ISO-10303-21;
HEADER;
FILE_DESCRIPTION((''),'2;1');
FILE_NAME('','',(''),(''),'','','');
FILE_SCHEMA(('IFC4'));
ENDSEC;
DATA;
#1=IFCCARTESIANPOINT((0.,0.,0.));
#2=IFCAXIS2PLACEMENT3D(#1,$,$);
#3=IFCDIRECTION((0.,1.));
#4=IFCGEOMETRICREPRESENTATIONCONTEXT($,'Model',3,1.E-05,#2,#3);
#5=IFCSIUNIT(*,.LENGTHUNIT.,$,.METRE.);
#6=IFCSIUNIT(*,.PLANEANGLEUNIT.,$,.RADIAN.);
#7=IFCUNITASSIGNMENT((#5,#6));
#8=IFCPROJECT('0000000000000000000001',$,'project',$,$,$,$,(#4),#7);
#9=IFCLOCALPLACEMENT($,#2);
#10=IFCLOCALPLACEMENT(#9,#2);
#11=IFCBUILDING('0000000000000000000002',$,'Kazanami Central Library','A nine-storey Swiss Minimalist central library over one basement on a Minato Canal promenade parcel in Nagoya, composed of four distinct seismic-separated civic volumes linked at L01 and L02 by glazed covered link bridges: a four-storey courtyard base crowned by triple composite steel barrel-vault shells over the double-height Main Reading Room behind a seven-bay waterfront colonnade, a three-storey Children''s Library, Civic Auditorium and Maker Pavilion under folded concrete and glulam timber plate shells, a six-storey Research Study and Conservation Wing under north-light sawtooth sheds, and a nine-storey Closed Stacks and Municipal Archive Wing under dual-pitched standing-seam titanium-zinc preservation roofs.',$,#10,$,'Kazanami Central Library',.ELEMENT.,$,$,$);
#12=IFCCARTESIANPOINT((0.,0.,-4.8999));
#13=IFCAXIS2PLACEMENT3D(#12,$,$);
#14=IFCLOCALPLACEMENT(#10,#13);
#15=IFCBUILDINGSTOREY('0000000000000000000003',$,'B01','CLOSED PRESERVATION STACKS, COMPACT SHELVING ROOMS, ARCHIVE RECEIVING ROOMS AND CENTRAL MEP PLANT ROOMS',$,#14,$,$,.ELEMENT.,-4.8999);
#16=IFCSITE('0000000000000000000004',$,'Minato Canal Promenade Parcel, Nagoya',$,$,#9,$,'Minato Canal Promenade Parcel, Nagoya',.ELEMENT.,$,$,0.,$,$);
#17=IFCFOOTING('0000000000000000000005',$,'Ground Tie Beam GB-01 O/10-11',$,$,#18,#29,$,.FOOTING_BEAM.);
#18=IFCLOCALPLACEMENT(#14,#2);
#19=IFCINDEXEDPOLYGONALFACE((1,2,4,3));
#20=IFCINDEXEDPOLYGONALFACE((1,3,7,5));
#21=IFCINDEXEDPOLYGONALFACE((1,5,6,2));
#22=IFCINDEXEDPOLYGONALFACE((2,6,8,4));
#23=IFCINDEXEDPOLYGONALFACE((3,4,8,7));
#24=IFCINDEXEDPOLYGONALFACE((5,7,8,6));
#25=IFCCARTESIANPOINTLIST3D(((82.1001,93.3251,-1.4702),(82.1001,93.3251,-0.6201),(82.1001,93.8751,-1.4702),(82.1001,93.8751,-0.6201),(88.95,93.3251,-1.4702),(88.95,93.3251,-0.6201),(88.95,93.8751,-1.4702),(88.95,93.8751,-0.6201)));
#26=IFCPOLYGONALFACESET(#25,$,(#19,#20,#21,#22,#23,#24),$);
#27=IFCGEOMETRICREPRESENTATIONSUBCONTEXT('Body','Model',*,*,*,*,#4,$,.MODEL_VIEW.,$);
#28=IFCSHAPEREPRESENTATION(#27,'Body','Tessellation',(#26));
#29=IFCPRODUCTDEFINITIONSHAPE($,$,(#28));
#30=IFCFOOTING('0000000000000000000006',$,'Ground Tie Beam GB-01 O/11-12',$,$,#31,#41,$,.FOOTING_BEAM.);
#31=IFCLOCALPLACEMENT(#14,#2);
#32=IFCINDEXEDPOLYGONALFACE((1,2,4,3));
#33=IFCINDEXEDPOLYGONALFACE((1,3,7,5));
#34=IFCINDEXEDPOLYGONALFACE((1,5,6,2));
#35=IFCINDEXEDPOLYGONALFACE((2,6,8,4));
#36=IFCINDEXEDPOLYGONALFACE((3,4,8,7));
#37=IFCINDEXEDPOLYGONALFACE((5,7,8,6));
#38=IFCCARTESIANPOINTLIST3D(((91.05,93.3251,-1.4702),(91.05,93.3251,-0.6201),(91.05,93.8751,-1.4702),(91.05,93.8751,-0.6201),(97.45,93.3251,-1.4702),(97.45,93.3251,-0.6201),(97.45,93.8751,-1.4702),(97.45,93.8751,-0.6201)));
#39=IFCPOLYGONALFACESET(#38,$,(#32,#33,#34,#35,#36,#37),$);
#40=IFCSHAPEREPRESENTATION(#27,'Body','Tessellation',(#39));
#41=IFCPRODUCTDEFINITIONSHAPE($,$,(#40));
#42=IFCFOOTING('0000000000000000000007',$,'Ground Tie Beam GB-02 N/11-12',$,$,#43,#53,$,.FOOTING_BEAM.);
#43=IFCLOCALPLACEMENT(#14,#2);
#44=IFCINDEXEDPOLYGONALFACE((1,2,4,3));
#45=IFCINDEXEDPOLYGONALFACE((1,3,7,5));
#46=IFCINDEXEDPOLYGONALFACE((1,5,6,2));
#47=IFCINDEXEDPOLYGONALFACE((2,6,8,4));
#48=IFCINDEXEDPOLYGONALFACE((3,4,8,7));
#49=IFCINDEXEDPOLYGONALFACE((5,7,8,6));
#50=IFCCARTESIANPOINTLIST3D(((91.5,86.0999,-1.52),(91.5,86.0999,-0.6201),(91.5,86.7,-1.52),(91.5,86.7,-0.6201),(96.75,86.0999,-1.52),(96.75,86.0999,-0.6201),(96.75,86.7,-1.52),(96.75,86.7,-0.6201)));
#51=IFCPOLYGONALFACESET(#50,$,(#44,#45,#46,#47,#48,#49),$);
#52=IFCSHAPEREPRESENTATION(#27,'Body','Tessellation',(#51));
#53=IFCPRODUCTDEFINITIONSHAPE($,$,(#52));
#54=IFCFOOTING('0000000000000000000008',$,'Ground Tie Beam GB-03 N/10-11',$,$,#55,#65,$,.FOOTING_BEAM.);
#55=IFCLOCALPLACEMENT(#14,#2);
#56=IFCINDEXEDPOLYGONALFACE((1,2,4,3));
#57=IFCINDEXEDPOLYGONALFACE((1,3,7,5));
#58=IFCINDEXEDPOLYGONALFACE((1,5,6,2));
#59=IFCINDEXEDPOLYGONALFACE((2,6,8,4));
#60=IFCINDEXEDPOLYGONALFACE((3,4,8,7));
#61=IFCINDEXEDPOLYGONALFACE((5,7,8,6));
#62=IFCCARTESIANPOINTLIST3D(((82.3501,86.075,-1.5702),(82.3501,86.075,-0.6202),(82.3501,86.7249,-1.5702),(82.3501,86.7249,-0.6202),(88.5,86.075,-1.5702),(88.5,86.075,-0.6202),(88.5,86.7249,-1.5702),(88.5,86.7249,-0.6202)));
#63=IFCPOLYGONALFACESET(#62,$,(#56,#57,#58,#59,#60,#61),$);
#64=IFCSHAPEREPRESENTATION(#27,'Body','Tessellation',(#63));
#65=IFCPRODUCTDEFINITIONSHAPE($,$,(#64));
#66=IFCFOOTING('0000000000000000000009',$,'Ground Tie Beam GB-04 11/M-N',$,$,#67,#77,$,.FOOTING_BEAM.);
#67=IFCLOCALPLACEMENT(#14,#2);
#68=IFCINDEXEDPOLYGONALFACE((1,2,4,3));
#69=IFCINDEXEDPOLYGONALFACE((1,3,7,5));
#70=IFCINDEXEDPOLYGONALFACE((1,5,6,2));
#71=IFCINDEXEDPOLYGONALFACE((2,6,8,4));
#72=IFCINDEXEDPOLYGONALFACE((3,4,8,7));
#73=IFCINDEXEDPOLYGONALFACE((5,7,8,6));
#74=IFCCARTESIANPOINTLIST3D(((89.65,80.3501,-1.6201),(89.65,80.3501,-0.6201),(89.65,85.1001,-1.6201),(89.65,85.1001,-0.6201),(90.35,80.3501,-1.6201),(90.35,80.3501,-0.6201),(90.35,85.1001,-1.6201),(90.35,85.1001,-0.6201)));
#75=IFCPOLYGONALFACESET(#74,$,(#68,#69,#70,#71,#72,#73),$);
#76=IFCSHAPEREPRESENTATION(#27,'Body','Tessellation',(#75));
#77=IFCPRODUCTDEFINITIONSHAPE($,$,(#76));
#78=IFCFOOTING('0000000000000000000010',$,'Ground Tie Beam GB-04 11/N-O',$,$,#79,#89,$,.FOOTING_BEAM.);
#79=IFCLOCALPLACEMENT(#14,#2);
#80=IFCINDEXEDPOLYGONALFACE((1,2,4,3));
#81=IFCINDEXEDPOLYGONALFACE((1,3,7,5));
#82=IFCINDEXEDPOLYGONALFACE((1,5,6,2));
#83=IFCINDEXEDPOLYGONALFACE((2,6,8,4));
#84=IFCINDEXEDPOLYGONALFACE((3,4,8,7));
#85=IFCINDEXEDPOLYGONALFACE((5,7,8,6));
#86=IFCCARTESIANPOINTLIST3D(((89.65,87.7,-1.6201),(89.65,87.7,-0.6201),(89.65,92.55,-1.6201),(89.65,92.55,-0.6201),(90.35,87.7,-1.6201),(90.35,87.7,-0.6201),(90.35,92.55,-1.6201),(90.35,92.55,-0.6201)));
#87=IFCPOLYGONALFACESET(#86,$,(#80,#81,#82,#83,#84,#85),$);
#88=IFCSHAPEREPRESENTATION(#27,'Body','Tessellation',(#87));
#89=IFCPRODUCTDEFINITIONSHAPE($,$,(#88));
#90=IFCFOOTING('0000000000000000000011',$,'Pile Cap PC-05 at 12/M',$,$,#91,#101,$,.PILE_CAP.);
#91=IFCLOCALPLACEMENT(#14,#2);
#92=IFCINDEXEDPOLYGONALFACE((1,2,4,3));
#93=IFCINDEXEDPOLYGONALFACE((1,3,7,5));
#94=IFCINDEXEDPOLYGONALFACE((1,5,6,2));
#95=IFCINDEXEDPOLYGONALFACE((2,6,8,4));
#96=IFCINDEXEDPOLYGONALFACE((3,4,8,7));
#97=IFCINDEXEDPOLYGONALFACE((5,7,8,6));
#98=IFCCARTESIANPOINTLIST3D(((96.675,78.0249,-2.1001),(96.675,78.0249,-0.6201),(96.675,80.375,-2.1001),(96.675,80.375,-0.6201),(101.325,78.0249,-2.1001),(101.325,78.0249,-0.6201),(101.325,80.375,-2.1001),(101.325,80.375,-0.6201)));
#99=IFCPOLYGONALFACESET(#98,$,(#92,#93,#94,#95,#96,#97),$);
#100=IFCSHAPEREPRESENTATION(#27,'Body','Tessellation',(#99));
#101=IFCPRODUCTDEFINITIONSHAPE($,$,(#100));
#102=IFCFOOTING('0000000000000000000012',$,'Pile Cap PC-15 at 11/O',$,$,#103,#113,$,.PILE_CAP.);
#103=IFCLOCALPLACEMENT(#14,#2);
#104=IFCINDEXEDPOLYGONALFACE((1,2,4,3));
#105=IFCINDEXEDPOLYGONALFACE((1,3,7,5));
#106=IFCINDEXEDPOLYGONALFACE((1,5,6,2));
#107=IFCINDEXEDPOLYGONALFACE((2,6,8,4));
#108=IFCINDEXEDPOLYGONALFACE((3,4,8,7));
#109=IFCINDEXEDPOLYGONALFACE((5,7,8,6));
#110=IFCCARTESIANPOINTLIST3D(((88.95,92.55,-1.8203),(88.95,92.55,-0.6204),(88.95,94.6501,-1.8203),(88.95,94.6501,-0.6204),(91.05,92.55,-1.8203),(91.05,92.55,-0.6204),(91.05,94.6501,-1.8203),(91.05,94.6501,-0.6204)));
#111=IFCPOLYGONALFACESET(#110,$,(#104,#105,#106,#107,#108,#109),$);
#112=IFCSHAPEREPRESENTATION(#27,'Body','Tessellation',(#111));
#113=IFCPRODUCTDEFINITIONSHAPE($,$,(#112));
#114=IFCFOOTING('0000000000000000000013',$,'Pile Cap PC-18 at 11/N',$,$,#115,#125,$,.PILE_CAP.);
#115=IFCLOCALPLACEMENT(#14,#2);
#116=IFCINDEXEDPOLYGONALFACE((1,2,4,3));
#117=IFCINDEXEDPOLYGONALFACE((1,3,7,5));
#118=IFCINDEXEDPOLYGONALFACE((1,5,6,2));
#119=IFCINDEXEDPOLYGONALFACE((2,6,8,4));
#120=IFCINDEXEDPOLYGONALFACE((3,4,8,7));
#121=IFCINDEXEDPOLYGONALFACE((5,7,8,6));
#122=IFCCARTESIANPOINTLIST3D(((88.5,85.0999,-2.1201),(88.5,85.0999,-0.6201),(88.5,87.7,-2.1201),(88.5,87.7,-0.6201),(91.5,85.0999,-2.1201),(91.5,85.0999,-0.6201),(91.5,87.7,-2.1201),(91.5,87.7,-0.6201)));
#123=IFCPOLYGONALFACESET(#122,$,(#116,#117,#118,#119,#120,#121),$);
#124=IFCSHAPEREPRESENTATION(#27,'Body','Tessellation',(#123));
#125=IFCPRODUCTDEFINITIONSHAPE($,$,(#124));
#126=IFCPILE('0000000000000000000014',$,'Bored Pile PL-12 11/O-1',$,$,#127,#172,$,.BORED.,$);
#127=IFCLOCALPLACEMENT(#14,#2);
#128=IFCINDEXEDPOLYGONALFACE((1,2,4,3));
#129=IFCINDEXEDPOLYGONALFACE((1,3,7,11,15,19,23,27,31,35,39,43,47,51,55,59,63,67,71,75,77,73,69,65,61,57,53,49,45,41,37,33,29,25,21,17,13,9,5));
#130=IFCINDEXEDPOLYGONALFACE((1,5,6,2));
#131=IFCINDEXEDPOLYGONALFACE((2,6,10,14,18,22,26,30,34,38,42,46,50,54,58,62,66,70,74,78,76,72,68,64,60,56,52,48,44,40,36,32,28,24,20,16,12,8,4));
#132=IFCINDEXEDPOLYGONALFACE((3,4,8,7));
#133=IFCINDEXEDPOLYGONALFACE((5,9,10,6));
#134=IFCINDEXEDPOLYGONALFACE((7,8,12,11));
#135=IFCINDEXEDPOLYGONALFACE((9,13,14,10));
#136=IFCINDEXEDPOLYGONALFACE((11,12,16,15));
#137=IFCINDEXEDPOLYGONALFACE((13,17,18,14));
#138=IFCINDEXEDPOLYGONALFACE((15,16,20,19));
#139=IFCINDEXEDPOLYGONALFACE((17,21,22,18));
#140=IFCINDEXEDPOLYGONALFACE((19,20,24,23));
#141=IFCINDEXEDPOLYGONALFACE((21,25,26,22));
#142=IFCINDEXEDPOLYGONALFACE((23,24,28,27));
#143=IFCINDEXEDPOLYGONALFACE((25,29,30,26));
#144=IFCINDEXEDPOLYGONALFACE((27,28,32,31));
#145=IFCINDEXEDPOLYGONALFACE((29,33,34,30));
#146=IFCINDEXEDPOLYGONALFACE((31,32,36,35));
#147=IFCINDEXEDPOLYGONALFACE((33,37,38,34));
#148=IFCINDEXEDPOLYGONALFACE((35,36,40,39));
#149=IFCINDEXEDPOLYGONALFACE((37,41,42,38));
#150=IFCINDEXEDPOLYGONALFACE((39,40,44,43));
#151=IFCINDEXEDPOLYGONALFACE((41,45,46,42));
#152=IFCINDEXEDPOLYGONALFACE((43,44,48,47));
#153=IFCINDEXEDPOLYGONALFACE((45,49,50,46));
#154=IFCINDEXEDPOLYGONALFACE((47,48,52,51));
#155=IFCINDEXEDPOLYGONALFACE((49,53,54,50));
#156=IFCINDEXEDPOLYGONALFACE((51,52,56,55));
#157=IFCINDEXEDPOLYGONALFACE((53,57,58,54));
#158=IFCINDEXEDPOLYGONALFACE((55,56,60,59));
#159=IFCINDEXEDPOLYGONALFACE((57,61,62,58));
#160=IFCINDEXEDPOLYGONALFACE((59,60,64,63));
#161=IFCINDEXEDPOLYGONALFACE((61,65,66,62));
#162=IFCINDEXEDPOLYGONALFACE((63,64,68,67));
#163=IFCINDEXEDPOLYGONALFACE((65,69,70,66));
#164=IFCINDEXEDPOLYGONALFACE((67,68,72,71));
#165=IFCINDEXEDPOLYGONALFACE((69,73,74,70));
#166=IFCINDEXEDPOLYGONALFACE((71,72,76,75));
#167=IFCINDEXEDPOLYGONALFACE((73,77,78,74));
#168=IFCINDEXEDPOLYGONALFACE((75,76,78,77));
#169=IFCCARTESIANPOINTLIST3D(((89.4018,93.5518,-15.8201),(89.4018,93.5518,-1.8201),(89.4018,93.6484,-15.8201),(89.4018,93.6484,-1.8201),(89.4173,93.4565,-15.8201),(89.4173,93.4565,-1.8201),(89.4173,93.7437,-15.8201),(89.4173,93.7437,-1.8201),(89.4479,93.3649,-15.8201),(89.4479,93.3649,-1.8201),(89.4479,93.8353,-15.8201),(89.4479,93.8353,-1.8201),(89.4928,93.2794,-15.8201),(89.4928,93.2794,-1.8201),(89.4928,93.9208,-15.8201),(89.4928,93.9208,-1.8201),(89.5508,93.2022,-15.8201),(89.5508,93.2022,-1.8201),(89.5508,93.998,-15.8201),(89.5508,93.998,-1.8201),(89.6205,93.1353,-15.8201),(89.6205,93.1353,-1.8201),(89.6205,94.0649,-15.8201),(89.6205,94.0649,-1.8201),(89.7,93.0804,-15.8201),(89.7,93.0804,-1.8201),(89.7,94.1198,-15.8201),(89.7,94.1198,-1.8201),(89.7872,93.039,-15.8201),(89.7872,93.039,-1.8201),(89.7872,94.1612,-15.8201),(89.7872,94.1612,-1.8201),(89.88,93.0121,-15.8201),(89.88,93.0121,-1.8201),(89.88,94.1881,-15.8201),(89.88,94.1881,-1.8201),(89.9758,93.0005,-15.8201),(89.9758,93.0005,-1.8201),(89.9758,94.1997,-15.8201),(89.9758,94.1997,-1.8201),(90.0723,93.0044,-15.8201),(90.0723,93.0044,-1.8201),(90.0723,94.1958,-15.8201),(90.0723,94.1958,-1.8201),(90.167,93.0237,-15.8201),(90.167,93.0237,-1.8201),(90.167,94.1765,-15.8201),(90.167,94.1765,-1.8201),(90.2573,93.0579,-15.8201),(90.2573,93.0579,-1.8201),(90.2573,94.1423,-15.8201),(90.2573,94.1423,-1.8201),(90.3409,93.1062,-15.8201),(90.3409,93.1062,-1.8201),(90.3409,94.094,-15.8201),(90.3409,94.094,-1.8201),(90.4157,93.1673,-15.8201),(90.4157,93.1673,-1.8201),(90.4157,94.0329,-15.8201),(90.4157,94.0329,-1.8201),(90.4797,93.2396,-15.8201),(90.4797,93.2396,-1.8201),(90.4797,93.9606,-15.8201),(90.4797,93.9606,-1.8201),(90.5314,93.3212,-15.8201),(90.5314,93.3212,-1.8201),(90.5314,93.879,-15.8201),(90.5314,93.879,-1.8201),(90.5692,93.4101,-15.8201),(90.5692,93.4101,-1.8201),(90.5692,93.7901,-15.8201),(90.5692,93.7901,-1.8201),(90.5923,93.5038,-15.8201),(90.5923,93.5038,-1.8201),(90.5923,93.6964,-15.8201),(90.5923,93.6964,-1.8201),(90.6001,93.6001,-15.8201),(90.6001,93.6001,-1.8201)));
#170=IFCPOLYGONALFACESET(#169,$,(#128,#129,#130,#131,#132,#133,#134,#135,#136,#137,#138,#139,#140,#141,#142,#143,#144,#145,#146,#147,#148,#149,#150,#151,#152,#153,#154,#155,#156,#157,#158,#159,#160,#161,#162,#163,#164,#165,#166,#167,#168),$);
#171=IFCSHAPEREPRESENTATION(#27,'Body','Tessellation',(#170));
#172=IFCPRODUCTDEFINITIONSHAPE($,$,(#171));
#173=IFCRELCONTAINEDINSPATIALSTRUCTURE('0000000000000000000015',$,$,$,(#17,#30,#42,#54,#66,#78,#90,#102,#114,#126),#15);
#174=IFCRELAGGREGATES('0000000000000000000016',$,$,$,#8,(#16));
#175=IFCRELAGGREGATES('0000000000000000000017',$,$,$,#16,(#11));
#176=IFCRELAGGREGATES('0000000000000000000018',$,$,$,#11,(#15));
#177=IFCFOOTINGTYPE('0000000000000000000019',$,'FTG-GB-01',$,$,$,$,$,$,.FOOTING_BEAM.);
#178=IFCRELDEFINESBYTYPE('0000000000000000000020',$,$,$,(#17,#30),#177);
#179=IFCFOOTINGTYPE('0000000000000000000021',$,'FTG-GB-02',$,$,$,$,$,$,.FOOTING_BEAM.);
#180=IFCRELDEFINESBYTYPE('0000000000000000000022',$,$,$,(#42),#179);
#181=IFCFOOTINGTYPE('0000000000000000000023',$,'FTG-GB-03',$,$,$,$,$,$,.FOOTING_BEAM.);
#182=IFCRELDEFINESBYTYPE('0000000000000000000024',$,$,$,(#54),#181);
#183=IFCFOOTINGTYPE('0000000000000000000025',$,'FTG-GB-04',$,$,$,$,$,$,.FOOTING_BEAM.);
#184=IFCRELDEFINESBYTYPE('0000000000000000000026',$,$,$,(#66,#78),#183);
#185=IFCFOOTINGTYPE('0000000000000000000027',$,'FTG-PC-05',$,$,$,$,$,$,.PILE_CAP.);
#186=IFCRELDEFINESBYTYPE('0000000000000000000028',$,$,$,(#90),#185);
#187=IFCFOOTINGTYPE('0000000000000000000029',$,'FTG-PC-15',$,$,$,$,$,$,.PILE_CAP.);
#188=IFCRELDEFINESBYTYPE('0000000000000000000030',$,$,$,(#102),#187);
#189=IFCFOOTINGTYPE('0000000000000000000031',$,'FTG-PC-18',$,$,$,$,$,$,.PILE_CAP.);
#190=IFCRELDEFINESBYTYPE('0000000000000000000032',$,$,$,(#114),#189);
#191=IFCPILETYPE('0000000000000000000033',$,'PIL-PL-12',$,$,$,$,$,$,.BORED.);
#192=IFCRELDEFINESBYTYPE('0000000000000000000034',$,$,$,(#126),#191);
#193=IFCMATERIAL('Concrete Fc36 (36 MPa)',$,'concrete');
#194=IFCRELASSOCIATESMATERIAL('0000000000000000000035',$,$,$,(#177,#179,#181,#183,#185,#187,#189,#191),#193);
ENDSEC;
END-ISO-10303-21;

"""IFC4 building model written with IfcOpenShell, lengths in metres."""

from ifc_helpers import new_model, si_unit, direction, frame, origin, origin_2d, place, context, subcontext, project, spatial, rectangle, circle, extrude, material, material_profile, profile_set, type_object, element, save


model = new_model("IFC4")

# Units and contexts
model_context = context("Model", 3, precision=1e-05, world=origin(), true_north=direction((0.0, 1.0)))
body_context = subcontext(model_context, "Body", "Model", "MODEL_VIEW")
ifc_project = project(units=[si_unit("LENGTHUNIT", "METRE"), si_unit("PLANEANGLEUNIT", "RADIAN")], contexts=[model_context])

# Site, building, storey
site_placement = place(None, origin())
site = spatial("IfcSite", under=ifc_project, at=site_placement, Name="Minato Canal Promenade Parcel, Nagoya", LongName="Minato Canal Promenade Parcel, Nagoya", CompositionType="ELEMENT", RefElevation=0.0)
building_placement = place(site_placement, origin())
building = spatial("IfcBuilding", under=site, at=building_placement, Name="Kazanami Central Library", Description="A nine-storey Swiss Minimalist central library over one basement on a Minato Canal promenade parcel in Nagoya, composed of four distinct seismic-separated civic volumes linked at L01 and L02 by glazed covered link bridges: a four-storey courtyard base crowned by triple composite steel barrel-vault shells over the double-height Main Reading Room behind a seven-bay waterfront colonnade, a three-storey Children's Library, Civic Auditorium and Maker Pavilion under folded concrete and glulam timber plate shells, a six-storey Research Study and Conservation Wing under north-light sawtooth sheds, and a nine-storey Closed Stacks and Municipal Archive Wing under dual-pitched standing-seam titanium-zinc preservation roofs.", LongName="Kazanami Central Library", CompositionType="ELEMENT")
storey_placement = place(building_placement, frame((0.0, 0.0, -4.8999)))
storey = spatial("IfcBuildingStorey", under=building, at=storey_placement, Name="B01", Description="CLOSED PRESERVATION STACKS, COMPACT SHELVING ROOMS, ARCHIVE RECEIVING ROOMS AND CENTRAL MEP PLANT ROOMS", CompositionType="ELEMENT", Elevation=-4.8999)

# Footings
ifc_material_1 = material(Name="Concrete Fc36 (36 MPa)", Category="concrete")
ifc_material_profile_1 = material_profile(ifc_material_1, rectangle(XDim=0.55, YDim=0.8501, at=origin_2d()), Name="RC-550x850")
ifc_profile_set_1 = profile_set([ifc_material_profile_1], Name="Concrete Fc36 (36 MPa)")
footing_type_1 = type_object("IfcFootingType", Name="FTG-GB-01", PredefinedType="FOOTING_BEAM", material=ifc_profile_set_1)
footing_1_placement = place(storey_placement, frame((82.1001, 93.6001, -1.0452), z_axis=(1.0, 0.0, 0.0), x_axis=(0.0, 1.0, 0.0)))
element("IfcFooting", 1, at=footing_1_placement, inside=storey, type_object=footing_type_1, Name="Ground Tie Beam GB-01 O/10-11", PredefinedType="FOOTING_BEAM", context=body_context, shape_type="SweptSolid", body=[
    extrude(rectangle(XDim=0.55, YDim=0.8501, at=origin_2d()), origin(), (0.0, 0.0, 1.0), 6.8499),
])
footing_2_placement = place(storey_placement, frame((91.05, 93.6001, -1.0452), z_axis=(1.0, 0.0, 0.0), x_axis=(0.0, 1.0, 0.0)))
element("IfcFooting", 2, at=footing_2_placement, inside=storey, type_object=footing_type_1, Name="Ground Tie Beam GB-01 O/11-12", PredefinedType="FOOTING_BEAM", context=body_context, shape_type="SweptSolid", body=[
    extrude(rectangle(XDim=0.55, YDim=0.8501, at=origin_2d()), origin(), (0.0, 0.0, 1.0), 6.3999),
])
ifc_material_profile_2 = material_profile(ifc_material_1, rectangle(XDim=0.6001, YDim=0.8999, at=origin_2d()), Name="RC-600x900")
ifc_profile_set_2 = profile_set([ifc_material_profile_2], Name="Concrete Fc36 (36 MPa)")
footing_type_2 = type_object("IfcFootingType", Name="FTG-GB-02", PredefinedType="FOOTING_BEAM", material=ifc_profile_set_2)
footing_3_placement = place(storey_placement, frame((91.5, 86.3999, -1.0701), z_axis=(1.0, 0.0, 0.0), x_axis=(0.0, 1.0, 0.0)))
element("IfcFooting", 3, at=footing_3_placement, inside=storey, type_object=footing_type_2, Name="Ground Tie Beam GB-02 N/11-12", PredefinedType="FOOTING_BEAM", context=body_context, shape_type="SweptSolid", body=[
    extrude(rectangle(XDim=0.6001, YDim=0.8999, at=origin_2d()), origin(), (0.0, 0.0, 1.0), 5.25),
])
ifc_material_profile_3 = material_profile(ifc_material_1, rectangle(XDim=0.6499, YDim=0.95, at=origin_2d()), Name="RC-650x950")
ifc_profile_set_3 = profile_set([ifc_material_profile_3], Name="Concrete Fc36 (36 MPa)")
footing_type_3 = type_object("IfcFootingType", Name="FTG-GB-03", PredefinedType="FOOTING_BEAM", material=ifc_profile_set_3)
footing_4_placement = place(storey_placement, frame((82.3501, 86.3999, -1.0952), z_axis=(1.0, 0.0, 0.0), x_axis=(0.0, 1.0, 0.0)))
element("IfcFooting", 4, at=footing_4_placement, inside=storey, type_object=footing_type_3, Name="Ground Tie Beam GB-03 N/10-11", PredefinedType="FOOTING_BEAM", context=body_context, shape_type="SweptSolid", body=[
    extrude(rectangle(XDim=0.6499, YDim=0.95, at=origin_2d()), origin(), (0.0, 0.0, 1.0), 6.1499),
])
ifc_material_profile_4 = material_profile(ifc_material_1, rectangle(XDim=0.7, YDim=1.0, at=origin_2d()), Name="RC-700x1000")
ifc_profile_set_4 = profile_set([ifc_material_profile_4], Name="Concrete Fc36 (36 MPa)")
footing_type_4 = type_object("IfcFootingType", Name="FTG-GB-04", PredefinedType="FOOTING_BEAM", material=ifc_profile_set_4)
footing_5_placement = place(storey_placement, frame((90.0, 80.3501, -1.1201), z_axis=(0.0, 1.0, 0.0), x_axis=(-1.0, 0.0, 0.0)))
element("IfcFooting", 5, at=footing_5_placement, inside=storey, type_object=footing_type_4, Name="Ground Tie Beam GB-04 11/M-N", PredefinedType="FOOTING_BEAM", context=body_context, shape_type="SweptSolid", body=[
    extrude(rectangle(XDim=0.7, YDim=1.0, at=origin_2d()), origin(), (0.0, 0.0, 1.0), 4.75),
])
footing_6_placement = place(storey_placement, frame((90.0, 87.7, -1.1201), z_axis=(0.0, 1.0, 0.0), x_axis=(-1.0, 0.0, 0.0)))
element("IfcFooting", 6, at=footing_6_placement, inside=storey, type_object=footing_type_4, Name="Ground Tie Beam GB-04 11/N-O", PredefinedType="FOOTING_BEAM", context=body_context, shape_type="SweptSolid", body=[
    extrude(rectangle(XDim=0.7, YDim=1.0, at=origin_2d()), origin(), (0.0, 0.0, 1.0), 4.8501),
])
footing_type_5 = type_object("IfcFootingType", Name="FTG-PC-05", PredefinedType="PILE_CAP", material=ifc_material_1)
footing_7_placement = place(storey_placement, frame((99.0, 79.2, -2.1001), z_axis=(0.0, 0.0, 1.0), x_axis=(1.0, 0.0, 0.0)))
element("IfcFooting", 7, at=footing_7_placement, inside=storey, type_object=footing_type_5, Name="Pile Cap PC-05 at 12/M", PredefinedType="PILE_CAP", context=body_context, shape_type="SweptSolid", body=[
    extrude(rectangle(XDim=4.6499, YDim=2.3501, at=origin_2d()), origin(), (0.0, 0.0, 1.0), 1.48),
])
footing_type_6 = type_object("IfcFootingType", Name="FTG-PC-15", PredefinedType="PILE_CAP", material=ifc_material_1)
footing_8_placement = place(storey_placement, frame((90.0, 93.6001, -1.8203), z_axis=(0.0, 0.0, 1.0), x_axis=(1.0, 0.0, 0.0)))
element("IfcFooting", 8, at=footing_8_placement, inside=storey, type_object=footing_type_6, Name="Pile Cap PC-15 at 11/O", PredefinedType="PILE_CAP", context=body_context, shape_type="SweptSolid", body=[
    extrude(rectangle(XDim=2.1001, YDim=2.1001, at=origin_2d()), origin(), (0.0, 0.0, 1.0), 1.2),
])
footing_type_7 = type_object("IfcFootingType", Name="FTG-PC-18", PredefinedType="PILE_CAP", material=ifc_material_1)
footing_9_placement = place(storey_placement, frame((90.0, 86.3999, -2.1201), z_axis=(0.0, 0.0, 1.0), x_axis=(1.0, 0.0, 0.0)))
element("IfcFooting", 9, at=footing_9_placement, inside=storey, type_object=footing_type_7, Name="Pile Cap PC-18 at 11/N", PredefinedType="PILE_CAP", context=body_context, shape_type="SweptSolid", body=[
    extrude(rectangle(XDim=3.0, YDim=2.6001, at=origin_2d()), origin(), (0.0, 0.0, 1.0), 1.5),
])

# Pile
ifc_material_profile_5 = material_profile(ifc_material_1, circle(Radius=0.6001, at=origin_2d()), Name="BORED-D1200")
ifc_profile_set_5 = profile_set([ifc_material_profile_5], Name="Concrete Fc36 (36 MPa)")
pile_type_1 = type_object("IfcPileType", Name="PIL-PL-12", PredefinedType="BORED", material=ifc_profile_set_5)
for number, where, z_axis, x_axis, name in (
    (10, (90.0, 93.6001, -1.8201), (0.0, 0.0, -1.0), (1.0, 0.0, 0.0), "Bored Pile PL-12 11/O-1"),
):
    element("IfcPile", number, at=place(storey_placement, frame(where, z_axis=z_axis, x_axis=x_axis)), inside=storey, type_object=pile_type_1, Name=name, PredefinedType="BORED", context=body_context, shape_type="SweptSolid", body=[
        extrude(circle(Radius=0.6001, at=origin_2d()), origin(), (0.0, 0.0, 1.0), 14.0),
    ])

save(model, "model.ifc")
